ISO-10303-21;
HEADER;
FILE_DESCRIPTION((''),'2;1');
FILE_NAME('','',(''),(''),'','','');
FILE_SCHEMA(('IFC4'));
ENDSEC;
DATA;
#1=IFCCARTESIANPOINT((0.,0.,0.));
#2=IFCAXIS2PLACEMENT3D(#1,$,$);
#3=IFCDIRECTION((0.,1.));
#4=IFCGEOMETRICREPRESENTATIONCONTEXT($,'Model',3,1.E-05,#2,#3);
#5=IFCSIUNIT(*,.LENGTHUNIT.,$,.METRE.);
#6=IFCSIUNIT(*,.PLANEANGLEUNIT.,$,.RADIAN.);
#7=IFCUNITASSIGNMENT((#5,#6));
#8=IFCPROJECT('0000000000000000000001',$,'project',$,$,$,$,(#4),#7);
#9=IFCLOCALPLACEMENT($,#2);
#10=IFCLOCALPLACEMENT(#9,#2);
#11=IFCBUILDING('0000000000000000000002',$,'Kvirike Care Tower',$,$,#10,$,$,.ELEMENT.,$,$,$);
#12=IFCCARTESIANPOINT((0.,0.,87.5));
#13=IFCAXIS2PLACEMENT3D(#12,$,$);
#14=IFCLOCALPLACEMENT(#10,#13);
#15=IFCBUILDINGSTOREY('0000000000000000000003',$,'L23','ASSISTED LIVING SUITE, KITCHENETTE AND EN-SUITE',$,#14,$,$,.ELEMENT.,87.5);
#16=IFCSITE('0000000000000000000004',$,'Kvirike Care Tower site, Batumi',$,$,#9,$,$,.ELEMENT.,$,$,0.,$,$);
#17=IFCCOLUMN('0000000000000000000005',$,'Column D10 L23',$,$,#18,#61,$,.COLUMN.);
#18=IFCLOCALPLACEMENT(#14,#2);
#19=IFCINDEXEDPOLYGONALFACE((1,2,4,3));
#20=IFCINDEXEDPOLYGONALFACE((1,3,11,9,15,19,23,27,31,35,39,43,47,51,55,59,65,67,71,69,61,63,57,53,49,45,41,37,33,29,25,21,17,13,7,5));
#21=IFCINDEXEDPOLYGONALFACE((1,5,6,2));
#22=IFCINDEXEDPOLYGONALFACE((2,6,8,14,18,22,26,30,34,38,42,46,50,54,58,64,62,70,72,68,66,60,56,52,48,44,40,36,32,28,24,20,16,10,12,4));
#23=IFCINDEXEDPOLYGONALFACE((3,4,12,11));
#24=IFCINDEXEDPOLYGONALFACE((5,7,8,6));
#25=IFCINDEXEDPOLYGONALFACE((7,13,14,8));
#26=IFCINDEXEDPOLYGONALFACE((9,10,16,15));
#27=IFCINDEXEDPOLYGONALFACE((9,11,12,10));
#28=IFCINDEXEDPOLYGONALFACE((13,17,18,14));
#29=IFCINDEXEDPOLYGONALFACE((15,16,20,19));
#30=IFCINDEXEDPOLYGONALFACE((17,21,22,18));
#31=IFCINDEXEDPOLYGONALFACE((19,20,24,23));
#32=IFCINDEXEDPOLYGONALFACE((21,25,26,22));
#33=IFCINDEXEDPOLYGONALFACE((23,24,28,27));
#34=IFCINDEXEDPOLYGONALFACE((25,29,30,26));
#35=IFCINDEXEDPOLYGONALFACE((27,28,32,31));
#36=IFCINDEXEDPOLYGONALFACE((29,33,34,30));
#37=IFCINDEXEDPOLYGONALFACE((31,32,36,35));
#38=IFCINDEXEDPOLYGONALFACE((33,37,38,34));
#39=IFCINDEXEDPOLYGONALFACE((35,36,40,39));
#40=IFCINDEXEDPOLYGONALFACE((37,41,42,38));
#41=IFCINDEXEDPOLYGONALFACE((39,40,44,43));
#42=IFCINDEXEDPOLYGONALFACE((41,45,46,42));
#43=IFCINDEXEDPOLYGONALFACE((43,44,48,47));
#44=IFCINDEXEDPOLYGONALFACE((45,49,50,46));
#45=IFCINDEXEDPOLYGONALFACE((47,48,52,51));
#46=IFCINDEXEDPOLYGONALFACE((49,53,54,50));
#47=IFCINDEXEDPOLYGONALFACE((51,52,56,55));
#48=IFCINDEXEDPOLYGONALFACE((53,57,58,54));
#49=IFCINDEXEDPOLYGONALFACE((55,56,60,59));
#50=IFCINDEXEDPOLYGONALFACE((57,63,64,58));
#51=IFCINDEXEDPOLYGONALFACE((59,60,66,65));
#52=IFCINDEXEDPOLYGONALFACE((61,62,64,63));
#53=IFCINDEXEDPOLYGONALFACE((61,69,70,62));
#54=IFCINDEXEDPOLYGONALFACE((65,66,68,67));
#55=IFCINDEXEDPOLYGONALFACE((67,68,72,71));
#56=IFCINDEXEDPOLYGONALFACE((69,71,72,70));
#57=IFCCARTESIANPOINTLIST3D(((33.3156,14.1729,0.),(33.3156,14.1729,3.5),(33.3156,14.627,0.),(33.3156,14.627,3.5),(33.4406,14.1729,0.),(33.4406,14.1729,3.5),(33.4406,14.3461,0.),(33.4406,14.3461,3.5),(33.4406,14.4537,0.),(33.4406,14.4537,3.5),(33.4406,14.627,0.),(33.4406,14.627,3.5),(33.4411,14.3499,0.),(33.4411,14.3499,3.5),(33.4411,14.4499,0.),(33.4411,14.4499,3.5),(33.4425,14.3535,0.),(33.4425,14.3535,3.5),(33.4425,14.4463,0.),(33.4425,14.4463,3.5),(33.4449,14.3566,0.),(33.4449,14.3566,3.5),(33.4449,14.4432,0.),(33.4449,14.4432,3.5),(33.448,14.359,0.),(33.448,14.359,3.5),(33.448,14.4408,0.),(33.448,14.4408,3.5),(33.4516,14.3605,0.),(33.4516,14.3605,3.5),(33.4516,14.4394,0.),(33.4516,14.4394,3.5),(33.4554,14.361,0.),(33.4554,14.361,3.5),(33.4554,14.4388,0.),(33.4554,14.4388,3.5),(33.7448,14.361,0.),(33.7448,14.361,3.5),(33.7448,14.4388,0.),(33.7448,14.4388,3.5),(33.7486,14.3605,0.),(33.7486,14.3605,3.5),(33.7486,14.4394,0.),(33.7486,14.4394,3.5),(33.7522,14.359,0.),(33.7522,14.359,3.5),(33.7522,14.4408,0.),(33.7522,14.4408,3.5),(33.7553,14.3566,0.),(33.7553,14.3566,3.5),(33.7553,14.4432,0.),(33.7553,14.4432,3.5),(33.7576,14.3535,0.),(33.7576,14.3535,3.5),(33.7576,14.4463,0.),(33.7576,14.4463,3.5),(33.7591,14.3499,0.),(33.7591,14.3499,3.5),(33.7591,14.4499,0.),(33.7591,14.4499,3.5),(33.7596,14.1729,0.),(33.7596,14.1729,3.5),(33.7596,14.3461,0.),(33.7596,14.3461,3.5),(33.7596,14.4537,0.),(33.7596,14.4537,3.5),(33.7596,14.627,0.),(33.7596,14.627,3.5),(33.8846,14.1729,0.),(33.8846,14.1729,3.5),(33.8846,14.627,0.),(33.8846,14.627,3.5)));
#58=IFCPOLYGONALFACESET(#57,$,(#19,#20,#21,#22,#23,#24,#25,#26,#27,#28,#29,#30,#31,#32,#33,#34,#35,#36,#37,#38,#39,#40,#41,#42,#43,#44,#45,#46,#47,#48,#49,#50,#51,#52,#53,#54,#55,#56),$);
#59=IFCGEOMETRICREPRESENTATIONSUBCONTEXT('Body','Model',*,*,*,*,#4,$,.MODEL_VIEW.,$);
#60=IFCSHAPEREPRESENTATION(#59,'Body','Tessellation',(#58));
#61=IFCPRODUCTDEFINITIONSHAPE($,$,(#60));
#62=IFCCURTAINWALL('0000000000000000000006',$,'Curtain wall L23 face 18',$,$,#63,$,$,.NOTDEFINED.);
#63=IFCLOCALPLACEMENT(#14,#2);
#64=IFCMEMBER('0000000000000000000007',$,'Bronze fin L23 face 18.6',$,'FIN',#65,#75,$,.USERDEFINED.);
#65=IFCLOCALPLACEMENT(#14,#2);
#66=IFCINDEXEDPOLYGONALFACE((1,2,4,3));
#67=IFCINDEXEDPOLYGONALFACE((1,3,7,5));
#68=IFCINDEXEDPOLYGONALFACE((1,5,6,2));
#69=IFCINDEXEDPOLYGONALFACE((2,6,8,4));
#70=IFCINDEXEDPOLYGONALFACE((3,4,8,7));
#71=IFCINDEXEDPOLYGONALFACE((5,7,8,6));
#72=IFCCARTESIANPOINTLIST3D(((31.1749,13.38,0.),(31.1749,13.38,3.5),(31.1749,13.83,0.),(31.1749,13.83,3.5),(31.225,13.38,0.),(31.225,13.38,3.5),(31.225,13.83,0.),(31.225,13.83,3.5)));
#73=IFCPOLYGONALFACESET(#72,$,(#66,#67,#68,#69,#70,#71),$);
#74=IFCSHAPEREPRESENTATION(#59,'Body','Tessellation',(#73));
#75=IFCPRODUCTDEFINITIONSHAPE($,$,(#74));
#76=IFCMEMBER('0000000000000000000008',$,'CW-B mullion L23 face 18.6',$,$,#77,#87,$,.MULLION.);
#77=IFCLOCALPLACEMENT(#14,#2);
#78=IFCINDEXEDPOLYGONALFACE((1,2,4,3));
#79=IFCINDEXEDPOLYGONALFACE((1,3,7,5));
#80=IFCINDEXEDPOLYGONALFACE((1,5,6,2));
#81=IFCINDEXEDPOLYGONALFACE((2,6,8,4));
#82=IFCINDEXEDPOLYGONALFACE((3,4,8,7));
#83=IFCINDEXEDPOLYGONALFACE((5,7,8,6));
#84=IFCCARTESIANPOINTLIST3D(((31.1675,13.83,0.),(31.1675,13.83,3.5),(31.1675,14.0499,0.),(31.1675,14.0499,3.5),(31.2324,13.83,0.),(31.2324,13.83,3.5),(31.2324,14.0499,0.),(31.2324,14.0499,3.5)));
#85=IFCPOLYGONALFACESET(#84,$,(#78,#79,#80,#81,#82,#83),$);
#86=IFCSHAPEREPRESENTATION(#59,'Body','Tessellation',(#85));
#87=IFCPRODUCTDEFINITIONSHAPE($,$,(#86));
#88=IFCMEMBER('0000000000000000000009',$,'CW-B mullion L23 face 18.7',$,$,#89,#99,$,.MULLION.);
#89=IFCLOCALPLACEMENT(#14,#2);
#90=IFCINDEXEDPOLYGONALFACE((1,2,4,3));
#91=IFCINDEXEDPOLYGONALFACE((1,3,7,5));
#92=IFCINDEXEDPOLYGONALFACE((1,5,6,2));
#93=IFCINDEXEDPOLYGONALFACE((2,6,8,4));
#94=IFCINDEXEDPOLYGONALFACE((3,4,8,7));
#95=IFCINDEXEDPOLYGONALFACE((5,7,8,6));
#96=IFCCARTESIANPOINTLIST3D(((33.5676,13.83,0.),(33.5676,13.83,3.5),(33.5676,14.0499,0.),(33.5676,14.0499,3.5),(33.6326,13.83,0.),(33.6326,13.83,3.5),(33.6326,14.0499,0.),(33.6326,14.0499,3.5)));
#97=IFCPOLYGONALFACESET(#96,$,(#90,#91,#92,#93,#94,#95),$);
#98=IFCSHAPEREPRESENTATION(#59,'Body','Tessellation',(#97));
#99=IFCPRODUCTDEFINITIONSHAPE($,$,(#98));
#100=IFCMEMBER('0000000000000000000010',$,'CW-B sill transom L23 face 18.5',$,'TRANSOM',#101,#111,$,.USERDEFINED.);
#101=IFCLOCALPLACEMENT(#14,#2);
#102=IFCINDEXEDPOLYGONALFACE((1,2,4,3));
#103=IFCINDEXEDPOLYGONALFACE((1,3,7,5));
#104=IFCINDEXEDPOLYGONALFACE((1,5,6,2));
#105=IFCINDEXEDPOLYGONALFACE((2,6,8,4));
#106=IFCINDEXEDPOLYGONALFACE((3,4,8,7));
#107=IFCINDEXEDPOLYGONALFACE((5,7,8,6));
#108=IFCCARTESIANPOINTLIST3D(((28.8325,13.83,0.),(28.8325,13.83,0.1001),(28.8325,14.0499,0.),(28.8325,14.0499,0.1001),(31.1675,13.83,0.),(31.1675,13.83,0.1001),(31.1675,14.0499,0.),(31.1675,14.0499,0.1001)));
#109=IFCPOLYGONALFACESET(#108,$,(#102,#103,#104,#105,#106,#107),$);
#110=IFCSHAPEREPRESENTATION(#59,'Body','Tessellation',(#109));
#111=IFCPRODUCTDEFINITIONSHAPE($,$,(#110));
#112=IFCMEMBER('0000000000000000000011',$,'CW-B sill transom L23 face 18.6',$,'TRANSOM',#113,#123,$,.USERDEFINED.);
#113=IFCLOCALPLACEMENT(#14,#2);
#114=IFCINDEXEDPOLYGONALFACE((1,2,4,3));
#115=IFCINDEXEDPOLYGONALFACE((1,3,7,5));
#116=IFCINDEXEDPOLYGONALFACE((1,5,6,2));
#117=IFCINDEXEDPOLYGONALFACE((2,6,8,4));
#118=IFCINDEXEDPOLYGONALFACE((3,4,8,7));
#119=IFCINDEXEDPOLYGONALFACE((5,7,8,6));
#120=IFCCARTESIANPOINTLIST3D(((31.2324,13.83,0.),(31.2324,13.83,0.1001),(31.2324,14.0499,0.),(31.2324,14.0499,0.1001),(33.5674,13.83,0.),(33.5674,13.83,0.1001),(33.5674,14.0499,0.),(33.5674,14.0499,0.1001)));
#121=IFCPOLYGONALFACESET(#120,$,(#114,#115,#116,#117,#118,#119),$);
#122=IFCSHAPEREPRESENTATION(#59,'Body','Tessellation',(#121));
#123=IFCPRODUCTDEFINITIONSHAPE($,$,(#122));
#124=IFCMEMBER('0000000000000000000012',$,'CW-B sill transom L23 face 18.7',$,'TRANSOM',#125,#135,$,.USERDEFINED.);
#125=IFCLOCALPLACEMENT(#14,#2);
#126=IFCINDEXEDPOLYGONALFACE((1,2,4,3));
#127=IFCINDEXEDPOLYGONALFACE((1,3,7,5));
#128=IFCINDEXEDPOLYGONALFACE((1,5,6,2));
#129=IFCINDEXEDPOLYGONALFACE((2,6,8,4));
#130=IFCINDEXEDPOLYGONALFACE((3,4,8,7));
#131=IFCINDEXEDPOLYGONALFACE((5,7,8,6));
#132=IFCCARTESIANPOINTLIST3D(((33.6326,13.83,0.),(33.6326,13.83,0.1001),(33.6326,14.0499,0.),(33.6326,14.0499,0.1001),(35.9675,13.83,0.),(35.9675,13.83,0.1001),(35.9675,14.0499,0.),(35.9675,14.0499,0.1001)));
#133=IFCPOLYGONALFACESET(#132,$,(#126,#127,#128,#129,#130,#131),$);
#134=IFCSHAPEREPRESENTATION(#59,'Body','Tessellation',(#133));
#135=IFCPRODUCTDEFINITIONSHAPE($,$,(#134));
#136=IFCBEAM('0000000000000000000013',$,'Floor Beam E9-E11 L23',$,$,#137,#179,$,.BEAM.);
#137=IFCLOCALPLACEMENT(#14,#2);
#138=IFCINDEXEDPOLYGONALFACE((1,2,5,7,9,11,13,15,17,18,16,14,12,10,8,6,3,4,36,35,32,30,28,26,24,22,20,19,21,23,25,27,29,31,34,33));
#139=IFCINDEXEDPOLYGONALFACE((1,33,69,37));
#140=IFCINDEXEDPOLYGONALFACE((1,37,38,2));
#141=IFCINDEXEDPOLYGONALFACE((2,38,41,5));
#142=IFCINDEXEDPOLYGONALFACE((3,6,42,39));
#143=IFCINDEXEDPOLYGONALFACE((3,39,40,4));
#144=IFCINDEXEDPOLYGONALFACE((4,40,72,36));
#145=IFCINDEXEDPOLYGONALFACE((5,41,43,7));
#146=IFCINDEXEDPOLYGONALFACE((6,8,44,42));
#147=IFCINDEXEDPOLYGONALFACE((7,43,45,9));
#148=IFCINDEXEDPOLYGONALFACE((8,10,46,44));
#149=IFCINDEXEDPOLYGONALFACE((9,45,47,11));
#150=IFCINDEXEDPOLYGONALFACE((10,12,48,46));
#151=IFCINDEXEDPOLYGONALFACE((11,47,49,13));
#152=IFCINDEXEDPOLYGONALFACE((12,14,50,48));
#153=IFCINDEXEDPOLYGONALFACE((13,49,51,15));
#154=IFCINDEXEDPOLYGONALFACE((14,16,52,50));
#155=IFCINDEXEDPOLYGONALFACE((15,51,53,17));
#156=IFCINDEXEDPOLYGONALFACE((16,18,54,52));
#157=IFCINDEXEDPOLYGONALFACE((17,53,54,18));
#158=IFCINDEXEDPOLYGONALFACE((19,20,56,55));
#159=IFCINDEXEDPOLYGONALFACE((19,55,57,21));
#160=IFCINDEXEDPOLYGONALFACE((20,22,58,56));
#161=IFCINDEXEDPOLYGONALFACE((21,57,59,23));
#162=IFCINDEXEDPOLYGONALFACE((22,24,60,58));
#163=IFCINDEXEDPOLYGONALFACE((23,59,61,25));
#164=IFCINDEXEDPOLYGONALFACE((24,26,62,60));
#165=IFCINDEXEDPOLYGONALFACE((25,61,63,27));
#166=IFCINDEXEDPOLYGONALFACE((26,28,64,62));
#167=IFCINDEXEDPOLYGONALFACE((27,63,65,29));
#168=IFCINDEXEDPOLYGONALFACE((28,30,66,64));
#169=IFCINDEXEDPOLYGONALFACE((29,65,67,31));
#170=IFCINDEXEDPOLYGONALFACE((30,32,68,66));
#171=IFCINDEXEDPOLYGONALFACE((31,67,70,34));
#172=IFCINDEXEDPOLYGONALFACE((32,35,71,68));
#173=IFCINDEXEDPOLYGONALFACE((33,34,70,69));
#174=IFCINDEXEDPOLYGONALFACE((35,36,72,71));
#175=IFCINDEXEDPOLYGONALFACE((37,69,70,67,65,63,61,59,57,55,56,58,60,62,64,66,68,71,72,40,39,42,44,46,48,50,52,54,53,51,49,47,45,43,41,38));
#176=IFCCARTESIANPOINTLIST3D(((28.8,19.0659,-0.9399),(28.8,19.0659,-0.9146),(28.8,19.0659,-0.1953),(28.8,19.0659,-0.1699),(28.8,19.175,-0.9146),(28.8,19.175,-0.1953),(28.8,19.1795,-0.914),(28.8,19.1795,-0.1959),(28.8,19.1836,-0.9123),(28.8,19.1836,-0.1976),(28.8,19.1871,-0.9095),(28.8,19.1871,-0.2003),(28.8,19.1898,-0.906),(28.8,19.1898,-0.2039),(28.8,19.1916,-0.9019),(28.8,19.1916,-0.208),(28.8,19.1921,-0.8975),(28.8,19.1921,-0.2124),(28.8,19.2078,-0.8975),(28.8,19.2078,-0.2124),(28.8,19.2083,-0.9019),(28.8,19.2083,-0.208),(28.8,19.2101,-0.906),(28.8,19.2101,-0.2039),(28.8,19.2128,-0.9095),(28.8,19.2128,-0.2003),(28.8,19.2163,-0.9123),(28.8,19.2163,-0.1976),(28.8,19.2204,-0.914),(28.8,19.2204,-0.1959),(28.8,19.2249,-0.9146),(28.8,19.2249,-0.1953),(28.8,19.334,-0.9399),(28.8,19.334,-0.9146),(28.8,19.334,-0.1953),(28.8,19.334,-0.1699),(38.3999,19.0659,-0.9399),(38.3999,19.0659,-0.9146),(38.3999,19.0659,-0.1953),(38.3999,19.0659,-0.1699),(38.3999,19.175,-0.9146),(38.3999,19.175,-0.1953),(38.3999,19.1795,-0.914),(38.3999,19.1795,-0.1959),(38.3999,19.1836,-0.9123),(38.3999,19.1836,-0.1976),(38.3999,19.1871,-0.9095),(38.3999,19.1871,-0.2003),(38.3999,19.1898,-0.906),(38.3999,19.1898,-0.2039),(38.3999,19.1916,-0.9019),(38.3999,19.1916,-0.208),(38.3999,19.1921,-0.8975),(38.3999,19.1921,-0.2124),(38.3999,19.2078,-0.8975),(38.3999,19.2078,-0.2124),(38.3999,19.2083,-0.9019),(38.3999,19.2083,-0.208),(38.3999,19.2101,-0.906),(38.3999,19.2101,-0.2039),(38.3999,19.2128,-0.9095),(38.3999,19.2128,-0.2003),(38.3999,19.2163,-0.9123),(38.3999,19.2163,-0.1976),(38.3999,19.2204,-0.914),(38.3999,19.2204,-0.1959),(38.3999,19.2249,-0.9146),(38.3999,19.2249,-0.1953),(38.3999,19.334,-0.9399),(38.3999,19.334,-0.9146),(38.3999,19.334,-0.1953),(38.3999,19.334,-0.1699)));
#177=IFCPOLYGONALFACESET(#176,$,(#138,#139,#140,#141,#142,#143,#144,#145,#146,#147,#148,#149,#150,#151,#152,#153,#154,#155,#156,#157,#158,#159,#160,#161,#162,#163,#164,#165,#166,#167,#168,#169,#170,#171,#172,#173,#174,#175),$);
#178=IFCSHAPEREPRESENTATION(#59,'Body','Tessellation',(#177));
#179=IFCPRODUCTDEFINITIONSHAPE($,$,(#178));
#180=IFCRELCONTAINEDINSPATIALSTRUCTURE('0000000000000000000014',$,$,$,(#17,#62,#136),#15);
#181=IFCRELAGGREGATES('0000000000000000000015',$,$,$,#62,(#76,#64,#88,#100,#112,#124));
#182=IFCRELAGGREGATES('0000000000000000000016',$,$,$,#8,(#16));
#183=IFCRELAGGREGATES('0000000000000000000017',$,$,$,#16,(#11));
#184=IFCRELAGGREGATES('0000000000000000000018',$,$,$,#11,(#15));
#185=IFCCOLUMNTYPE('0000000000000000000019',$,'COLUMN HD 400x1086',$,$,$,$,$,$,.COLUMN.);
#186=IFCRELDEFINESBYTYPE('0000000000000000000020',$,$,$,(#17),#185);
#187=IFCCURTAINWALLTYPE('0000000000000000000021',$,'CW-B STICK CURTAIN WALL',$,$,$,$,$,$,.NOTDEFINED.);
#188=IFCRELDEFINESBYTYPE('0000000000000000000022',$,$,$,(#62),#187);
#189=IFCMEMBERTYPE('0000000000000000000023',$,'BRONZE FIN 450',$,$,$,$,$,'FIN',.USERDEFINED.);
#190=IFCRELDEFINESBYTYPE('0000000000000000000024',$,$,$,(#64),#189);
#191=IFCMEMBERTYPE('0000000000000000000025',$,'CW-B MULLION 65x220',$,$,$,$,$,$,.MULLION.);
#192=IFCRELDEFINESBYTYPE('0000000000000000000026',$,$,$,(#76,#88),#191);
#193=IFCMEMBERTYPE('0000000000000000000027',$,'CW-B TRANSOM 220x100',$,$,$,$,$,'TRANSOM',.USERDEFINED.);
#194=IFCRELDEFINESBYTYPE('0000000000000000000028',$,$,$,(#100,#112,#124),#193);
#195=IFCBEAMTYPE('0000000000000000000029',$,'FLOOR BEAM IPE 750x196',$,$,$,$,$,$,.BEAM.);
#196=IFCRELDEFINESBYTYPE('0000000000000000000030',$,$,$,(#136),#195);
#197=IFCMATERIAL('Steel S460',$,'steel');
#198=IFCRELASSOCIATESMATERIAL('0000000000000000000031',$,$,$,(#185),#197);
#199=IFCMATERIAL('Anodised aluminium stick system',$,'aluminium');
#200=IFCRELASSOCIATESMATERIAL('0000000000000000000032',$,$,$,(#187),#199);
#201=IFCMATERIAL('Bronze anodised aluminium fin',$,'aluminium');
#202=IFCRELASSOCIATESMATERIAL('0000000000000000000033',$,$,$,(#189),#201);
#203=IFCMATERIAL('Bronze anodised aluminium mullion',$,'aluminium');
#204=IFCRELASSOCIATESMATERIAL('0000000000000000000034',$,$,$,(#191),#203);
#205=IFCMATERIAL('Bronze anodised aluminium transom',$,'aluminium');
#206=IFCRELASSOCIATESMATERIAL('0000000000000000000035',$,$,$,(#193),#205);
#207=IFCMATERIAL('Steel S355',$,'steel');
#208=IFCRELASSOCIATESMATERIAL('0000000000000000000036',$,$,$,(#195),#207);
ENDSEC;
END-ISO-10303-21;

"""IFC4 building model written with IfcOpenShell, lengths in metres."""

from ifc_helpers import new_model, si_unit, direction, frame, origin, origin_2d, place, context, subcontext, project, spatial, rectangle, i_section, extrude, material, material_profile, profile_set, type_object, element, aggregate, save


model = new_model("IFC4")

# Units and contexts
model_context = context("Model", 3, precision=1e-05, world=origin(), true_north=direction((0.0, 1.0)))
body_context = subcontext(model_context, "Body", "Model", "MODEL_VIEW")
ifc_project = project(units=[si_unit("LENGTHUNIT", "METRE"), si_unit("PLANEANGLEUNIT", "RADIAN")], contexts=[model_context])

# Site, building, storey
site_placement = place(None, origin())
site = spatial("IfcSite", under=ifc_project, at=site_placement, Name="Kvirike Care Tower site, Batumi", CompositionType="ELEMENT", RefElevation=0.0)
building_placement = place(site_placement, origin())
building = spatial("IfcBuilding", under=site, at=building_placement, Name="Kvirike Care Tower", CompositionType="ELEMENT")
storey_placement = place(building_placement, frame((0.0, 0.0, 87.5)))
storey = spatial("IfcBuildingStorey", under=building, at=storey_placement, Name="L23", Description="ASSISTED LIVING SUITE, KITCHENETTE AND EN-SUITE", CompositionType="ELEMENT", Elevation=87.5)

# Column
ifc_material_1 = material(Name="Steel S460", Category="steel")
ifc_material_profile_1 = material_profile(ifc_material_1, i_section(OverallWidth=0.4541, OverallDepth=0.5691, WebThickness=0.0779, FlangeThickness=0.125, FilletRadius=0.0149, at=origin_2d()), Name="HD 400x1086")
ifc_profile_set_1 = profile_set([ifc_material_profile_1], Name="Steel S460")
column_type = type_object("IfcColumnType", Name="COLUMN HD 400x1086", PredefinedType="COLUMN", material=ifc_profile_set_1)
column_placement = place(storey_placement, frame((33.6001, 14.3999, 0.0), z_axis=(0.0, 0.0, 1.0), x_axis=(0.0, 1.0, 0.0)))
element("IfcColumn", 1, at=column_placement, inside=storey, type_object=column_type, Name="Column D10 L23", PredefinedType="COLUMN", context=body_context, shape_type="SweptSolid", body=[
    extrude(i_section(OverallWidth=0.4541, OverallDepth=0.5691, WebThickness=0.0779, FlangeThickness=0.125, FilletRadius=0.0149, at=origin_2d()), origin(), (0.0, 0.0, 1.0), 3.5),
])

# Curtain wall, members
ifc_material_2 = material(Name="Anodised aluminium stick system", Category="aluminium")
curtain_wall_type = type_object("IfcCurtainWallType", Name="CW-B STICK CURTAIN WALL", PredefinedType="NOTDEFINED", material=ifc_material_2)
curtain_wall_placement = place(storey_placement, origin())
curtain_wall = element("IfcCurtainWall", 2, at=curtain_wall_placement, inside=storey, type_object=curtain_wall_type, Name="Curtain wall L23 face 18", PredefinedType="NOTDEFINED")
ifc_material_3 = material(Name="Bronze anodised aluminium fin", Category="aluminium")
ifc_material_profile_2 = material_profile(ifc_material_3, rectangle(XDim=0.05, YDim=0.45, at=origin_2d()), Name="BRONZE FIN 450")
ifc_profile_set_2 = profile_set([ifc_material_profile_2], Name="Bronze anodised aluminium fin")
member_type_1 = type_object("IfcMemberType", Name="BRONZE FIN 450", ElementType="FIN", PredefinedType="USERDEFINED", material=ifc_profile_set_2)
member_1_placement = place(storey_placement, frame((31.2, 13.605, 0.0), z_axis=(0.0, 0.0, 1.0), x_axis=(1.0, 0.0, 0.0)))
member_1 = element("IfcMember", 3, at=member_1_placement, type_object=member_type_1, Name="Bronze fin L23 face 18.6", ObjectType="FIN", PredefinedType="USERDEFINED", context=body_context, shape_type="SweptSolid", body=[
    extrude(rectangle(XDim=0.05, YDim=0.45, at=origin_2d()), origin(), (0.0, 0.0, 1.0), 3.5),
])
ifc_material_4 = material(Name="Bronze anodised aluminium mullion", Category="aluminium")
ifc_material_profile_3 = material_profile(ifc_material_4, rectangle(XDim=0.0649, YDim=0.22, at=origin_2d()), Name="CW-B MULLION 65x220")
ifc_profile_set_3 = profile_set([ifc_material_profile_3], Name="Bronze anodised aluminium mullion")
member_type_2 = type_object("IfcMemberType", Name="CW-B MULLION 65x220", PredefinedType="MULLION", material=ifc_profile_set_3)
member_2_placement = place(storey_placement, frame((31.2, 13.9399, 0.0), z_axis=(0.0, 0.0, 1.0), x_axis=(1.0, 0.0, 0.0)))
member_2 = element("IfcMember", 4, at=member_2_placement, type_object=member_type_2, Name="CW-B mullion L23 face 18.6", PredefinedType="MULLION", context=body_context, shape_type="SweptSolid", body=[
    extrude(rectangle(XDim=0.0649, YDim=0.22, at=origin_2d()), origin(), (0.0, 0.0, 1.0), 3.5),
])
member_3_placement = place(storey_placement, frame((33.6001, 13.9399, 0.0), z_axis=(0.0, 0.0, 1.0), x_axis=(1.0, 0.0, 0.0)))
member_3 = element("IfcMember", 5, at=member_3_placement, type_object=member_type_2, Name="CW-B mullion L23 face 18.7", PredefinedType="MULLION", context=body_context, shape_type="SweptSolid", body=[
    extrude(rectangle(XDim=0.0649, YDim=0.22, at=origin_2d()), origin(), (0.0, 0.0, 1.0), 3.5),
])
ifc_material_5 = material(Name="Bronze anodised aluminium transom", Category="aluminium")
ifc_material_profile_4 = material_profile(ifc_material_5, rectangle(XDim=0.22, YDim=0.1001, at=origin_2d()), Name="CW-B TRANSOM 220x100")
ifc_profile_set_4 = profile_set([ifc_material_profile_4], Name="Bronze anodised aluminium transom")
member_type_3 = type_object("IfcMemberType", Name="CW-B TRANSOM 220x100", ElementType="TRANSOM", PredefinedType="USERDEFINED", material=ifc_profile_set_4)
member_4_placement = place(storey_placement, frame((28.8325, 13.9399, 0.05), z_axis=(1.0, 0.0, 0.0), x_axis=(0.0, 1.0, 0.0)))
member_4 = element("IfcMember", 6, at=member_4_placement, type_object=member_type_3, Name="CW-B sill transom L23 face 18.5", ObjectType="TRANSOM", PredefinedType="USERDEFINED", context=body_context, shape_type="SweptSolid", body=[
    extrude(rectangle(XDim=0.22, YDim=0.1001, at=origin_2d()), origin(), (0.0, 0.0, 1.0), 2.335),
])
member_5_placement = place(storey_placement, frame((31.2324, 13.9399, 0.05), z_axis=(1.0, 0.0, 0.0), x_axis=(0.0, 1.0, 0.0)))
member_5 = element("IfcMember", 7, at=member_5_placement, type_object=member_type_3, Name="CW-B sill transom L23 face 18.6", ObjectType="TRANSOM", PredefinedType="USERDEFINED", context=body_context, shape_type="SweptSolid", body=[
    extrude(rectangle(XDim=0.22, YDim=0.1001, at=origin_2d()), origin(), (0.0, 0.0, 1.0), 2.335),
])
member_6_placement = place(storey_placement, frame((33.6326, 13.9399, 0.05), z_axis=(1.0, 0.0, 0.0), x_axis=(0.0, 1.0, 0.0)))
member_6 = element("IfcMember", 8, at=member_6_placement, type_object=member_type_3, Name="CW-B sill transom L23 face 18.7", ObjectType="TRANSOM", PredefinedType="USERDEFINED", context=body_context, shape_type="SweptSolid", body=[
    extrude(rectangle(XDim=0.22, YDim=0.1001, at=origin_2d()), origin(), (0.0, 0.0, 1.0), 2.335),
])

# Beam
ifc_material_6 = material(Name="Steel S355", Category="steel")
ifc_material_profile_5 = material_profile(ifc_material_6, i_section(OverallWidth=0.2681, OverallDepth=0.77, WebThickness=0.0156, FlangeThickness=0.0254, FilletRadius=0.0171, at=origin_2d()), Name="IPE 750x196")
ifc_profile_set_5 = profile_set([ifc_material_profile_5], Name="Steel S355")
beam_type_1 = type_object("IfcBeamType", Name="FLOOR BEAM IPE 750x196", PredefinedType="BEAM", material=ifc_profile_set_5)
beam_1_placement = place(storey_placement, frame((28.8, 19.2, -0.5549), z_axis=(1.0, 0.0, 0.0), x_axis=(0.0, 1.0, 0.0)))
element("IfcBeam", 9, at=beam_1_placement, inside=storey, type_object=beam_type_1, Name="Floor Beam E9-E11 L23", PredefinedType="BEAM", context=body_context, shape_type="SweptSolid", body=[
    extrude(i_section(OverallWidth=0.2681, OverallDepth=0.77, WebThickness=0.0156, FlangeThickness=0.0254, FilletRadius=0.0171, at=origin_2d()), origin(), (0.0, 0.0, 1.0), 9.5999),
])

aggregate(curtain_wall, [member_2, member_1, member_3, member_4, member_5, member_6])

save(model, "model.ifc")
